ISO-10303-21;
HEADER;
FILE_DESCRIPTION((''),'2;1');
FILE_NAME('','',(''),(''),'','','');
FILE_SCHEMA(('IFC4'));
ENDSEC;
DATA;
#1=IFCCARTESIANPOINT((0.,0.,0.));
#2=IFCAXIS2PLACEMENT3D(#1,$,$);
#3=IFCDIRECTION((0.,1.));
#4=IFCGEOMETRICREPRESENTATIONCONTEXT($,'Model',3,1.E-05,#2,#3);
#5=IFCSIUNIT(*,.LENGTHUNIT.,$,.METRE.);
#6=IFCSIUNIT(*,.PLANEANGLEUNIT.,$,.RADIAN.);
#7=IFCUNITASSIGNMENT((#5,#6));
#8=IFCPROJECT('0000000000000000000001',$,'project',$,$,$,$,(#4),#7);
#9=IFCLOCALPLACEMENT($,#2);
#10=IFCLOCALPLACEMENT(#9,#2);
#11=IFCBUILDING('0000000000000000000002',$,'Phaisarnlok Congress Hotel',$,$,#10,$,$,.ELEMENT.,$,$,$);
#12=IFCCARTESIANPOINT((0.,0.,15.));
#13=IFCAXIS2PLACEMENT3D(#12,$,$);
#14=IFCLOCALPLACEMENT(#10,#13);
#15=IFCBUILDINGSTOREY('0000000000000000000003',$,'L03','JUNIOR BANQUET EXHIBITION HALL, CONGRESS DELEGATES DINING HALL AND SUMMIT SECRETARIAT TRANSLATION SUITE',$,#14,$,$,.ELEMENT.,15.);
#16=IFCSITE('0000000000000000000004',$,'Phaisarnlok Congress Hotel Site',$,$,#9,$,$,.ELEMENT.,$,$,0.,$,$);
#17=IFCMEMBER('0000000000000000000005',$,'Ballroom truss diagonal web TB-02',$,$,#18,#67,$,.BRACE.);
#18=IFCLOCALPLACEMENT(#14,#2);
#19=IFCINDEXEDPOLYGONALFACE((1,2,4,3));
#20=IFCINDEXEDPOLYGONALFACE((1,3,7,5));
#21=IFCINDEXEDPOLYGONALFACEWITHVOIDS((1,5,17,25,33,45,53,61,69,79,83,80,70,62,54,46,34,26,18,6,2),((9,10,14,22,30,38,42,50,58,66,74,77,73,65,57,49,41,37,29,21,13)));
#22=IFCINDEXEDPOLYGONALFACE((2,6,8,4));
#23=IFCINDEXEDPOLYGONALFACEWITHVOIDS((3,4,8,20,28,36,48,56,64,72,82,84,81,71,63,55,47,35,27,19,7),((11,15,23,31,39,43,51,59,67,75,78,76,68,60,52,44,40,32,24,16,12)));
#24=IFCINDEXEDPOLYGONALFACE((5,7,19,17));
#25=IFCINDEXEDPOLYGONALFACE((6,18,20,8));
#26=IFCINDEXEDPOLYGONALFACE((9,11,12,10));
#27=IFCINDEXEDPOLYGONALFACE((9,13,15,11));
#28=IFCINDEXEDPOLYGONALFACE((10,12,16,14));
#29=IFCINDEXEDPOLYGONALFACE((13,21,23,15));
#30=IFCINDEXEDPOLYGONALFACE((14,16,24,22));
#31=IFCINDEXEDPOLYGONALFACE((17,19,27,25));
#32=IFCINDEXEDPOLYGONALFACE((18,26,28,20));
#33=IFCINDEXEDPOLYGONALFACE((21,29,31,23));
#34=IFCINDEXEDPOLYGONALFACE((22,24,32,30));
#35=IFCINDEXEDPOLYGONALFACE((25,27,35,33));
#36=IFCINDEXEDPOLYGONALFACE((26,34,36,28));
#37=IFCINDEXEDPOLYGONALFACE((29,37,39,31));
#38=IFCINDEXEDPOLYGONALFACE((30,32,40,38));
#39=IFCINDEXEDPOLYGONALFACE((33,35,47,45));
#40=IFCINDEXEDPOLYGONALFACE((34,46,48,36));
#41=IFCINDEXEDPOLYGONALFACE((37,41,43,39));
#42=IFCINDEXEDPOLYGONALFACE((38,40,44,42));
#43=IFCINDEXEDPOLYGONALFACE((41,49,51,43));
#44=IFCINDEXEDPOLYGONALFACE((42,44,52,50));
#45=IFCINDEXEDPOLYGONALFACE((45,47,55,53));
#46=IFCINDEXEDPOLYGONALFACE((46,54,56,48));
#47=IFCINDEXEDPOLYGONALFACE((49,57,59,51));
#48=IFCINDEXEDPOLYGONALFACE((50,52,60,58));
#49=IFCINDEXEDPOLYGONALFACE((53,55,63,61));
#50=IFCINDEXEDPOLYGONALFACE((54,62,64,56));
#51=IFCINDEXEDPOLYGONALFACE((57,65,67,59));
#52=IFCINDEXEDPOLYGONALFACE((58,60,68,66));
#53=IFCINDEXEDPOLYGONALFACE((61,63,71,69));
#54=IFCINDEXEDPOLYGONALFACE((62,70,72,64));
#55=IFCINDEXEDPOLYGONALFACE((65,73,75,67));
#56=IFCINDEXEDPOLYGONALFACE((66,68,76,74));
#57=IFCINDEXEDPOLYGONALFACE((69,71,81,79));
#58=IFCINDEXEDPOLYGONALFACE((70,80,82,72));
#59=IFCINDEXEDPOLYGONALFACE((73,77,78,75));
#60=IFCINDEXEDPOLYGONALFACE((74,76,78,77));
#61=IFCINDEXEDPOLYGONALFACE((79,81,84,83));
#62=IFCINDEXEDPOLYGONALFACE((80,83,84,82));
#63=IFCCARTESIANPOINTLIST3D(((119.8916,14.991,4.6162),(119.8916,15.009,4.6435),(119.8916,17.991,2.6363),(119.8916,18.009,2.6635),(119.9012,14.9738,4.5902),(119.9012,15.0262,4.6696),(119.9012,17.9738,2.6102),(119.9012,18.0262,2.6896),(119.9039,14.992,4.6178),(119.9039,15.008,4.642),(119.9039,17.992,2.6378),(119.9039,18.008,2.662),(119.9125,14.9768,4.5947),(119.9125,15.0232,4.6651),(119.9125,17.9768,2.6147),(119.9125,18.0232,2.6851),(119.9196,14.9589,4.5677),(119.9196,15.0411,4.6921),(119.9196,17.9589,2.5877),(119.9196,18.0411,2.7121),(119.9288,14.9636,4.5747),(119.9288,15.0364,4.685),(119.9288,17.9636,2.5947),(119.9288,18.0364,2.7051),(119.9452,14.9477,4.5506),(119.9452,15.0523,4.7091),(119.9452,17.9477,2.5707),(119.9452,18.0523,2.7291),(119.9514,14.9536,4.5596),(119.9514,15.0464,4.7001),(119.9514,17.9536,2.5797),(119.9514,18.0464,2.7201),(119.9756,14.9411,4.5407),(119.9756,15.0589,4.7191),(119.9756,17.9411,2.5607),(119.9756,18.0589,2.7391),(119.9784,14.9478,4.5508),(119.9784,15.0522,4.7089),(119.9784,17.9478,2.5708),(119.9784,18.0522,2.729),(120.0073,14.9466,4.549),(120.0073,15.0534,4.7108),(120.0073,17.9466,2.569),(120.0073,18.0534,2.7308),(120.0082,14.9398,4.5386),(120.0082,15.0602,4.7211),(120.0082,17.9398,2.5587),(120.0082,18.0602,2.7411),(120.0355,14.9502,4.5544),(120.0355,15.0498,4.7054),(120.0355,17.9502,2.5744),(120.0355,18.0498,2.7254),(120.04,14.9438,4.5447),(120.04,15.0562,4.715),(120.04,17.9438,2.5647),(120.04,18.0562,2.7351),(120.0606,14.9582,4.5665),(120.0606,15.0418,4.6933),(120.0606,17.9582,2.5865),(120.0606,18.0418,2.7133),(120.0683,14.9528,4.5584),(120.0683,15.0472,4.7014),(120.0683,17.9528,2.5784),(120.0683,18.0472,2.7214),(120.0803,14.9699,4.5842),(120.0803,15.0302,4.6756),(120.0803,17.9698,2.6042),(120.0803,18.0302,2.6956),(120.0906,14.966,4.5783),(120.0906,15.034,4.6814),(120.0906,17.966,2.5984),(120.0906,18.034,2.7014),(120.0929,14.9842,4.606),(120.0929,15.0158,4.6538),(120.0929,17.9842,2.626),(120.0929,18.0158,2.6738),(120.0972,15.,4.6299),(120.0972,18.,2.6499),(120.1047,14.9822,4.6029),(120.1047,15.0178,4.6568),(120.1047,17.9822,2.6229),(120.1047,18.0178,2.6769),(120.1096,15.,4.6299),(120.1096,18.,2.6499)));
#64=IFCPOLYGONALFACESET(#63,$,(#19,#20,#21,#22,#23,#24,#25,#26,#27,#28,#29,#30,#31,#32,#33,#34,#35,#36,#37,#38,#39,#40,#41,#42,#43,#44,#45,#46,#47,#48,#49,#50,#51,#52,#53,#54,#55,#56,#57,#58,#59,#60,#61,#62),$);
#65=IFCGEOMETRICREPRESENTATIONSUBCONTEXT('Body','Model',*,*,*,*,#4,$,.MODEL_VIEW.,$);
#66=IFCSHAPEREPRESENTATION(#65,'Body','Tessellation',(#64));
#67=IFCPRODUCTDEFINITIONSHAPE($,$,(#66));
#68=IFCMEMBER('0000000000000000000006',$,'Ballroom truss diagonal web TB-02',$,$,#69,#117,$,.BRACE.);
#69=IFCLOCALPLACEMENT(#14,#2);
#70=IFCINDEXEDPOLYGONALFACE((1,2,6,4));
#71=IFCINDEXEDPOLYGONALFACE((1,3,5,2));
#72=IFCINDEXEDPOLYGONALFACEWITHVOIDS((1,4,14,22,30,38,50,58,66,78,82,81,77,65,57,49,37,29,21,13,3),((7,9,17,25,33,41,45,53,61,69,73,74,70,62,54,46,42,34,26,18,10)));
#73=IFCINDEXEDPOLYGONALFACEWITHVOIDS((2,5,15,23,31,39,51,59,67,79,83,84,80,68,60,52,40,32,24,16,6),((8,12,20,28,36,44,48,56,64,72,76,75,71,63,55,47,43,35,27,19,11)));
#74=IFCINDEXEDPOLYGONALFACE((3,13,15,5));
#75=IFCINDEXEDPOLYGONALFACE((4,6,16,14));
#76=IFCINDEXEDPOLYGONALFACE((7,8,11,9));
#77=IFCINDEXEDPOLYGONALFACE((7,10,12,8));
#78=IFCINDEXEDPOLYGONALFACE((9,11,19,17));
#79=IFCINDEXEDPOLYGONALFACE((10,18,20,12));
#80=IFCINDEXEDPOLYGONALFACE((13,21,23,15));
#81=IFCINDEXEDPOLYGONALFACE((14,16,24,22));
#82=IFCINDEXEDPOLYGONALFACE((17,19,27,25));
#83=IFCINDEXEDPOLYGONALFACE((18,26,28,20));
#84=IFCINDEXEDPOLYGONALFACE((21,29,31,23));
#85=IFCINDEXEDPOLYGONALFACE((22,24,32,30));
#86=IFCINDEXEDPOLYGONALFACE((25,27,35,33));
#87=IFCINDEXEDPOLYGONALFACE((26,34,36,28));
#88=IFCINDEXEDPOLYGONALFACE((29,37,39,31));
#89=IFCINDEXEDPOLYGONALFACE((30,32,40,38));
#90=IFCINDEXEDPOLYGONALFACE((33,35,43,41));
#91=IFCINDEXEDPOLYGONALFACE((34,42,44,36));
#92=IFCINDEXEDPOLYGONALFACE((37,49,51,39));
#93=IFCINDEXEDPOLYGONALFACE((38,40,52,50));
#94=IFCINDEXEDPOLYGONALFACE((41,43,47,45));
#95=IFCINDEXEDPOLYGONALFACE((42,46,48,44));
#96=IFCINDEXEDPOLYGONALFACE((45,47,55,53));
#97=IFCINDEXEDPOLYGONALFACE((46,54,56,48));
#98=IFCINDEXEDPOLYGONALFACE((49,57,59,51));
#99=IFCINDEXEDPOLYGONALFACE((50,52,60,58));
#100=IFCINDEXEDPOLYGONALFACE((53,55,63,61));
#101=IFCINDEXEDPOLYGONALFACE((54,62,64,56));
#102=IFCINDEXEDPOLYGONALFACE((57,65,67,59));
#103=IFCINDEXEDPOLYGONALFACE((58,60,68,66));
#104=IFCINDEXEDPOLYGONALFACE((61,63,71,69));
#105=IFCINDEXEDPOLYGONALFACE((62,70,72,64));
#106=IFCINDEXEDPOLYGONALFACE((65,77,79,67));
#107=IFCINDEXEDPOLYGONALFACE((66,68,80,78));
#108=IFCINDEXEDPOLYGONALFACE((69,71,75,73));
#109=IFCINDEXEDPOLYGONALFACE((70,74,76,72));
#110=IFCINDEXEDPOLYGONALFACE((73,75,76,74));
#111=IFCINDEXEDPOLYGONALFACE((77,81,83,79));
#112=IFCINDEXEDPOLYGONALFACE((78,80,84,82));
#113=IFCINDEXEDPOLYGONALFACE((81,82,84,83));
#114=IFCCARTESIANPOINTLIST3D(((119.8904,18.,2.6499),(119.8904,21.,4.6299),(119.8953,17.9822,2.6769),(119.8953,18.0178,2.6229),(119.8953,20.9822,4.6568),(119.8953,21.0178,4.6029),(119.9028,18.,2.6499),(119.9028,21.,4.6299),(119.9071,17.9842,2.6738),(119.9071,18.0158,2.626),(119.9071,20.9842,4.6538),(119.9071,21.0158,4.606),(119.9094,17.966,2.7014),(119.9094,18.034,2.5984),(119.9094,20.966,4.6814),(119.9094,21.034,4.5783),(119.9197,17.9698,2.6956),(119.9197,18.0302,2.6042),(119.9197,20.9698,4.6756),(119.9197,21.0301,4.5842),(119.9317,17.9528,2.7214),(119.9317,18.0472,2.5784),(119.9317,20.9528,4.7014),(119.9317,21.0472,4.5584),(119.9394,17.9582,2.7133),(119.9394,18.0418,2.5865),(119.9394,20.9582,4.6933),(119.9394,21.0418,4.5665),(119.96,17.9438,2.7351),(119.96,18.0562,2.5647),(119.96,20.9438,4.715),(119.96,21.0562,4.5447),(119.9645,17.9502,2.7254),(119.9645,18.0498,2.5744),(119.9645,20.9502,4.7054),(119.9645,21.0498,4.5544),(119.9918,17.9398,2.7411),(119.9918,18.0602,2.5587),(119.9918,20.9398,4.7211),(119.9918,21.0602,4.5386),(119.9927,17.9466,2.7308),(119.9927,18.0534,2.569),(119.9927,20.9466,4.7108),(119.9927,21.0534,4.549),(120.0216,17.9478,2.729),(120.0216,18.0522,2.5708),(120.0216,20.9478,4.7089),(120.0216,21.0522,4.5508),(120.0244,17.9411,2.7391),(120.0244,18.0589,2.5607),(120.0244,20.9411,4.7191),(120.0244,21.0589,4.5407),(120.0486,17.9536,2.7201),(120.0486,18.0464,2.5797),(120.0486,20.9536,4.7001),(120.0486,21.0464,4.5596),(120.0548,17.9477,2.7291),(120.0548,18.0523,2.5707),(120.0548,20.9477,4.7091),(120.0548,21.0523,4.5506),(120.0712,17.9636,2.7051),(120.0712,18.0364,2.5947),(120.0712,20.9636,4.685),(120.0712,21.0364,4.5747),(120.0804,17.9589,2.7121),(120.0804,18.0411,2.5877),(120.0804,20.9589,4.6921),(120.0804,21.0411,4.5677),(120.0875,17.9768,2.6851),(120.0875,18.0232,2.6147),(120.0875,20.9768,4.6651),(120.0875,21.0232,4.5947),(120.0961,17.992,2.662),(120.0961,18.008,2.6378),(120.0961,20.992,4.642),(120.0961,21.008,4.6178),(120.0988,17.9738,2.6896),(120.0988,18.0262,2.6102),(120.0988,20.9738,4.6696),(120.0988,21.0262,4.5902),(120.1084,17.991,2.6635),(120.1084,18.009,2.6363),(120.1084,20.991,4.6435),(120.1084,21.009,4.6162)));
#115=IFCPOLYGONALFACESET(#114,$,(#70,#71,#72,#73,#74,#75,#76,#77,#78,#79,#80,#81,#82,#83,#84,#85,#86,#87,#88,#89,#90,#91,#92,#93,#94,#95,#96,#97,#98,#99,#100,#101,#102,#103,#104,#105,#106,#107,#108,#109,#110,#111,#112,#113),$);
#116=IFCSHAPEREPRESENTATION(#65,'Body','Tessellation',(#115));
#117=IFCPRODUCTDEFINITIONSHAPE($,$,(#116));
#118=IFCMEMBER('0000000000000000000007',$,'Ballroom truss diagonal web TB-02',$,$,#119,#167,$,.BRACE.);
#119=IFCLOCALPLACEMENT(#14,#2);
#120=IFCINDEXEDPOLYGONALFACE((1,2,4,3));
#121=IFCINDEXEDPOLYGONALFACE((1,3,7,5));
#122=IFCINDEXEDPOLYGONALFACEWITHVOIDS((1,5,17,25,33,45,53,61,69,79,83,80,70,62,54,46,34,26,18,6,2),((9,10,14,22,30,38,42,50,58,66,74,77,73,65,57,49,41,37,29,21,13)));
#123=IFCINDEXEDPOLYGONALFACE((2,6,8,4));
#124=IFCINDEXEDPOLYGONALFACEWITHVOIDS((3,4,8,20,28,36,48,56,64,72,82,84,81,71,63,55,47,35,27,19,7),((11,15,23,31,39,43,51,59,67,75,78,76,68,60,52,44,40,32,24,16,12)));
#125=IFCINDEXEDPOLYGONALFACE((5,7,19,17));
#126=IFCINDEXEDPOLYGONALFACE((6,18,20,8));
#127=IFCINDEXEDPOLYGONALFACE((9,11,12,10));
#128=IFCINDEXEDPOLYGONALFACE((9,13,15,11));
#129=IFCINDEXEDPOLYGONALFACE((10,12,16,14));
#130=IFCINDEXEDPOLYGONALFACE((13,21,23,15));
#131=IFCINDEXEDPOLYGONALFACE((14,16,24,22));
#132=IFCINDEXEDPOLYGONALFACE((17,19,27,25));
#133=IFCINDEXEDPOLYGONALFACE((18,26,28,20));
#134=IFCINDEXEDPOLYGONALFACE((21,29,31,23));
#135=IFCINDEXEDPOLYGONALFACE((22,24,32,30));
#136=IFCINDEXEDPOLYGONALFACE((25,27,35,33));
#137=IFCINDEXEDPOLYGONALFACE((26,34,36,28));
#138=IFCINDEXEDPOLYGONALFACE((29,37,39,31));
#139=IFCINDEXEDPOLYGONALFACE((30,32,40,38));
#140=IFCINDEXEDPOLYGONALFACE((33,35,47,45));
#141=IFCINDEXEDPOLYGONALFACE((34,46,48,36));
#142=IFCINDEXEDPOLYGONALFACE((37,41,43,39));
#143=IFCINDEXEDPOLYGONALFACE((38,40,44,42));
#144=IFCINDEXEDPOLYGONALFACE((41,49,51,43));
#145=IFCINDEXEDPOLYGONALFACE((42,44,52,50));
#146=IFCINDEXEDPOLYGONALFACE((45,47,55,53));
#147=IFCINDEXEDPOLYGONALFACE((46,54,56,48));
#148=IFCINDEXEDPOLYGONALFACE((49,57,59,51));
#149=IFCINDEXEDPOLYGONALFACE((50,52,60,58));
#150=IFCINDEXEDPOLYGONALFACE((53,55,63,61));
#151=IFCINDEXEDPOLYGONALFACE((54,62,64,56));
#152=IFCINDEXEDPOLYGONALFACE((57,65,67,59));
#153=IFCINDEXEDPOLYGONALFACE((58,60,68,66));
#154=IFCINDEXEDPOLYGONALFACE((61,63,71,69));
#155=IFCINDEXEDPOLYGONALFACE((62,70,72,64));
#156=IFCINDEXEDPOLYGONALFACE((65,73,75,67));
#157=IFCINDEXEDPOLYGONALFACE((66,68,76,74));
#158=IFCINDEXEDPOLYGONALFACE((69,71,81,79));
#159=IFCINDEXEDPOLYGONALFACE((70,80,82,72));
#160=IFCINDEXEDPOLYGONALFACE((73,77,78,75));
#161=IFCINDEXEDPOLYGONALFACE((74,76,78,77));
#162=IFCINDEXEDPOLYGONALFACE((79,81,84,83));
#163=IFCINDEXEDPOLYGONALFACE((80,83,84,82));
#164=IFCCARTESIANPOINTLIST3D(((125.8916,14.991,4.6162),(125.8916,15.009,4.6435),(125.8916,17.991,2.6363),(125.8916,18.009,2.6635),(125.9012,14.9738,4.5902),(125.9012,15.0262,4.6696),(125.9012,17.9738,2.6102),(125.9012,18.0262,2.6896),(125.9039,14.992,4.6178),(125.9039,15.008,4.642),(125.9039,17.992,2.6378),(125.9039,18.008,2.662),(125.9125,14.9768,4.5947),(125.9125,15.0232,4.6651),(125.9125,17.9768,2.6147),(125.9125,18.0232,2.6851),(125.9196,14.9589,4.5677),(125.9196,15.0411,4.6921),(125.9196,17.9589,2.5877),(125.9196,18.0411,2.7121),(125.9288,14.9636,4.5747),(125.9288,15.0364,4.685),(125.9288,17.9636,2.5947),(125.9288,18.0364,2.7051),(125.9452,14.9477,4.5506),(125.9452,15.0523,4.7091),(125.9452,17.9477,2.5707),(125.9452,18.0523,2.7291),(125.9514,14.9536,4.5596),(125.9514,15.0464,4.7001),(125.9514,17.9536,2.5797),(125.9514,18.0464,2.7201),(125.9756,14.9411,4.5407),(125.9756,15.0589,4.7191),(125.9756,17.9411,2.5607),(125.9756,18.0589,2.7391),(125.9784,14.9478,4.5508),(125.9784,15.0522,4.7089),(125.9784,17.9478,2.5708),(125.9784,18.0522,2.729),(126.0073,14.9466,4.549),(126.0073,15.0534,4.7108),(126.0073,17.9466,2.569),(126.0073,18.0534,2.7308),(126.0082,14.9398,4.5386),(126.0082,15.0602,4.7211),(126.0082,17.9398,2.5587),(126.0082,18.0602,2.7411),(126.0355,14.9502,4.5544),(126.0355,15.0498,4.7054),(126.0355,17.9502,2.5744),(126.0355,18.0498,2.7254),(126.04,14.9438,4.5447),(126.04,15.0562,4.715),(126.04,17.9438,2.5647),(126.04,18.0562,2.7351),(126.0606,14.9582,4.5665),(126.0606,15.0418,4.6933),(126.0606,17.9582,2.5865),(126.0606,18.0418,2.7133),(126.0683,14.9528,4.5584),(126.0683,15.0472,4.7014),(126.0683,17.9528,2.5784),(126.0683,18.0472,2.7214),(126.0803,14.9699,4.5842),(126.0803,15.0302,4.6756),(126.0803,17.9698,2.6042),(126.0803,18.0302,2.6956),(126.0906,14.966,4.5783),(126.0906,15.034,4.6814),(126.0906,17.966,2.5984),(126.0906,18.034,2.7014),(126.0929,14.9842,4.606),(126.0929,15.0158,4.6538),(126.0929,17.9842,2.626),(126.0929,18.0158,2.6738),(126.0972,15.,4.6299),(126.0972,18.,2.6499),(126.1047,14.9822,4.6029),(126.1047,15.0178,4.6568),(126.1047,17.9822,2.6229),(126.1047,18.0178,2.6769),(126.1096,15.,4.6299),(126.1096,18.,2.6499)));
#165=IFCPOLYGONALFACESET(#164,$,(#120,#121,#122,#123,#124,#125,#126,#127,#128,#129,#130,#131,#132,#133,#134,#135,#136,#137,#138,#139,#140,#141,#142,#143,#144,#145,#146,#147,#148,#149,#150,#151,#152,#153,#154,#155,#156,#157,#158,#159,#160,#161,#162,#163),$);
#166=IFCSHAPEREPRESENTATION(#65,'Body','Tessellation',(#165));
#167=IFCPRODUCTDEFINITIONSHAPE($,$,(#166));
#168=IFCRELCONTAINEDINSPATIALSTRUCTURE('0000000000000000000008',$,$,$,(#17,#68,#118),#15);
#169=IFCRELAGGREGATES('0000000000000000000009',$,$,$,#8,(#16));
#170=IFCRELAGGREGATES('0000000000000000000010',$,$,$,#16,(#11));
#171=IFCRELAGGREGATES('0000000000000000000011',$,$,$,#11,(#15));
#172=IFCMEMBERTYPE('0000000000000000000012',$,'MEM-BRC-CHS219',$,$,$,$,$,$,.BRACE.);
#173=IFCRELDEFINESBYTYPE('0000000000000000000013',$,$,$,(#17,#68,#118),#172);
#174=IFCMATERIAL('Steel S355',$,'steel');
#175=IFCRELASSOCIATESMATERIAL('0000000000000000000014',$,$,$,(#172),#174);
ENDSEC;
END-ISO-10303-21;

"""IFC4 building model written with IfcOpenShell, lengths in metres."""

from ifc_helpers import new_model, si_unit, direction, frame, origin, origin_2d, place, context, subcontext, project, spatial, hollow_circle, extrude, material, material_profile, profile_set, type_object, element, save


model = new_model("IFC4")

# Units and contexts
model_context = context("Model", 3, precision=1e-05, world=origin(), true_north=direction((0.0, 1.0)))
body_context = subcontext(model_context, "Body", "Model", "MODEL_VIEW")
ifc_project = project(units=[si_unit("LENGTHUNIT", "METRE"), si_unit("PLANEANGLEUNIT", "RADIAN")], contexts=[model_context])

# Site, building, storey
site_placement = place(None, origin())
site = spatial("IfcSite", under=ifc_project, at=site_placement, Name="Phaisarnlok Congress Hotel Site", CompositionType="ELEMENT", RefElevation=0.0)
building_placement = place(site_placement, origin())
building = spatial("IfcBuilding", under=site, at=building_placement, Name="Phaisarnlok Congress Hotel", CompositionType="ELEMENT")
storey_placement = place(building_placement, frame((0.0, 0.0, 15.0)))
storey = spatial("IfcBuildingStorey", under=building, at=storey_placement, Name="L03", Description="JUNIOR BANQUET EXHIBITION HALL, CONGRESS DELEGATES DINING HALL AND SUMMIT SECRETARIAT TRANSLATION SUITE", CompositionType="ELEMENT", Elevation=15.0)

# Members
ifc_material = material(Name="Steel S355", Category="steel")
ifc_material_profile_1 = material_profile(ifc_material, hollow_circle(Radius=0.1096, WallThickness=0.0125, at=origin_2d()), Name="CHS 219.1x12.5")
ifc_profile_set_1 = profile_set([ifc_material_profile_1], Name="Steel S355")
member_type_1 = type_object("IfcMemberType", Name="MEM-BRC-CHS219", PredefinedType="BRACE", material=ifc_profile_set_1)
for number, where, z_axis, x_axis, name in (
    (1, (120.0, 18.0, 2.6499), (0.0, -0.834612, 0.550838), (1.0, 0.0, 0.0), "Ballroom truss diagonal web TB-02"),
    (2, (120.0, 18.0, 2.6499), (0.0, 0.834612, 0.550838), (-1.0, 0.0, 0.0), "Ballroom truss diagonal web TB-02"),
    (3, (126.0, 18.0, 2.6499), (0.0, -0.834612, 0.550838), (1.0, 0.0, 0.0), "Ballroom truss diagonal web TB-02"),
):
    element("IfcMember", number, at=place(storey_placement, frame(where, z_axis=z_axis, x_axis=x_axis)), inside=storey, type_object=member_type_1, Name=name, PredefinedType="BRACE", context=body_context, shape_type="SweptSolid", body=[
        extrude(hollow_circle(Radius=0.1096, WallThickness=0.0125, at=origin_2d()), origin(), (0.0, 0.0, 1.0), 3.5945),
    ])

save(model, "model.ifc")
